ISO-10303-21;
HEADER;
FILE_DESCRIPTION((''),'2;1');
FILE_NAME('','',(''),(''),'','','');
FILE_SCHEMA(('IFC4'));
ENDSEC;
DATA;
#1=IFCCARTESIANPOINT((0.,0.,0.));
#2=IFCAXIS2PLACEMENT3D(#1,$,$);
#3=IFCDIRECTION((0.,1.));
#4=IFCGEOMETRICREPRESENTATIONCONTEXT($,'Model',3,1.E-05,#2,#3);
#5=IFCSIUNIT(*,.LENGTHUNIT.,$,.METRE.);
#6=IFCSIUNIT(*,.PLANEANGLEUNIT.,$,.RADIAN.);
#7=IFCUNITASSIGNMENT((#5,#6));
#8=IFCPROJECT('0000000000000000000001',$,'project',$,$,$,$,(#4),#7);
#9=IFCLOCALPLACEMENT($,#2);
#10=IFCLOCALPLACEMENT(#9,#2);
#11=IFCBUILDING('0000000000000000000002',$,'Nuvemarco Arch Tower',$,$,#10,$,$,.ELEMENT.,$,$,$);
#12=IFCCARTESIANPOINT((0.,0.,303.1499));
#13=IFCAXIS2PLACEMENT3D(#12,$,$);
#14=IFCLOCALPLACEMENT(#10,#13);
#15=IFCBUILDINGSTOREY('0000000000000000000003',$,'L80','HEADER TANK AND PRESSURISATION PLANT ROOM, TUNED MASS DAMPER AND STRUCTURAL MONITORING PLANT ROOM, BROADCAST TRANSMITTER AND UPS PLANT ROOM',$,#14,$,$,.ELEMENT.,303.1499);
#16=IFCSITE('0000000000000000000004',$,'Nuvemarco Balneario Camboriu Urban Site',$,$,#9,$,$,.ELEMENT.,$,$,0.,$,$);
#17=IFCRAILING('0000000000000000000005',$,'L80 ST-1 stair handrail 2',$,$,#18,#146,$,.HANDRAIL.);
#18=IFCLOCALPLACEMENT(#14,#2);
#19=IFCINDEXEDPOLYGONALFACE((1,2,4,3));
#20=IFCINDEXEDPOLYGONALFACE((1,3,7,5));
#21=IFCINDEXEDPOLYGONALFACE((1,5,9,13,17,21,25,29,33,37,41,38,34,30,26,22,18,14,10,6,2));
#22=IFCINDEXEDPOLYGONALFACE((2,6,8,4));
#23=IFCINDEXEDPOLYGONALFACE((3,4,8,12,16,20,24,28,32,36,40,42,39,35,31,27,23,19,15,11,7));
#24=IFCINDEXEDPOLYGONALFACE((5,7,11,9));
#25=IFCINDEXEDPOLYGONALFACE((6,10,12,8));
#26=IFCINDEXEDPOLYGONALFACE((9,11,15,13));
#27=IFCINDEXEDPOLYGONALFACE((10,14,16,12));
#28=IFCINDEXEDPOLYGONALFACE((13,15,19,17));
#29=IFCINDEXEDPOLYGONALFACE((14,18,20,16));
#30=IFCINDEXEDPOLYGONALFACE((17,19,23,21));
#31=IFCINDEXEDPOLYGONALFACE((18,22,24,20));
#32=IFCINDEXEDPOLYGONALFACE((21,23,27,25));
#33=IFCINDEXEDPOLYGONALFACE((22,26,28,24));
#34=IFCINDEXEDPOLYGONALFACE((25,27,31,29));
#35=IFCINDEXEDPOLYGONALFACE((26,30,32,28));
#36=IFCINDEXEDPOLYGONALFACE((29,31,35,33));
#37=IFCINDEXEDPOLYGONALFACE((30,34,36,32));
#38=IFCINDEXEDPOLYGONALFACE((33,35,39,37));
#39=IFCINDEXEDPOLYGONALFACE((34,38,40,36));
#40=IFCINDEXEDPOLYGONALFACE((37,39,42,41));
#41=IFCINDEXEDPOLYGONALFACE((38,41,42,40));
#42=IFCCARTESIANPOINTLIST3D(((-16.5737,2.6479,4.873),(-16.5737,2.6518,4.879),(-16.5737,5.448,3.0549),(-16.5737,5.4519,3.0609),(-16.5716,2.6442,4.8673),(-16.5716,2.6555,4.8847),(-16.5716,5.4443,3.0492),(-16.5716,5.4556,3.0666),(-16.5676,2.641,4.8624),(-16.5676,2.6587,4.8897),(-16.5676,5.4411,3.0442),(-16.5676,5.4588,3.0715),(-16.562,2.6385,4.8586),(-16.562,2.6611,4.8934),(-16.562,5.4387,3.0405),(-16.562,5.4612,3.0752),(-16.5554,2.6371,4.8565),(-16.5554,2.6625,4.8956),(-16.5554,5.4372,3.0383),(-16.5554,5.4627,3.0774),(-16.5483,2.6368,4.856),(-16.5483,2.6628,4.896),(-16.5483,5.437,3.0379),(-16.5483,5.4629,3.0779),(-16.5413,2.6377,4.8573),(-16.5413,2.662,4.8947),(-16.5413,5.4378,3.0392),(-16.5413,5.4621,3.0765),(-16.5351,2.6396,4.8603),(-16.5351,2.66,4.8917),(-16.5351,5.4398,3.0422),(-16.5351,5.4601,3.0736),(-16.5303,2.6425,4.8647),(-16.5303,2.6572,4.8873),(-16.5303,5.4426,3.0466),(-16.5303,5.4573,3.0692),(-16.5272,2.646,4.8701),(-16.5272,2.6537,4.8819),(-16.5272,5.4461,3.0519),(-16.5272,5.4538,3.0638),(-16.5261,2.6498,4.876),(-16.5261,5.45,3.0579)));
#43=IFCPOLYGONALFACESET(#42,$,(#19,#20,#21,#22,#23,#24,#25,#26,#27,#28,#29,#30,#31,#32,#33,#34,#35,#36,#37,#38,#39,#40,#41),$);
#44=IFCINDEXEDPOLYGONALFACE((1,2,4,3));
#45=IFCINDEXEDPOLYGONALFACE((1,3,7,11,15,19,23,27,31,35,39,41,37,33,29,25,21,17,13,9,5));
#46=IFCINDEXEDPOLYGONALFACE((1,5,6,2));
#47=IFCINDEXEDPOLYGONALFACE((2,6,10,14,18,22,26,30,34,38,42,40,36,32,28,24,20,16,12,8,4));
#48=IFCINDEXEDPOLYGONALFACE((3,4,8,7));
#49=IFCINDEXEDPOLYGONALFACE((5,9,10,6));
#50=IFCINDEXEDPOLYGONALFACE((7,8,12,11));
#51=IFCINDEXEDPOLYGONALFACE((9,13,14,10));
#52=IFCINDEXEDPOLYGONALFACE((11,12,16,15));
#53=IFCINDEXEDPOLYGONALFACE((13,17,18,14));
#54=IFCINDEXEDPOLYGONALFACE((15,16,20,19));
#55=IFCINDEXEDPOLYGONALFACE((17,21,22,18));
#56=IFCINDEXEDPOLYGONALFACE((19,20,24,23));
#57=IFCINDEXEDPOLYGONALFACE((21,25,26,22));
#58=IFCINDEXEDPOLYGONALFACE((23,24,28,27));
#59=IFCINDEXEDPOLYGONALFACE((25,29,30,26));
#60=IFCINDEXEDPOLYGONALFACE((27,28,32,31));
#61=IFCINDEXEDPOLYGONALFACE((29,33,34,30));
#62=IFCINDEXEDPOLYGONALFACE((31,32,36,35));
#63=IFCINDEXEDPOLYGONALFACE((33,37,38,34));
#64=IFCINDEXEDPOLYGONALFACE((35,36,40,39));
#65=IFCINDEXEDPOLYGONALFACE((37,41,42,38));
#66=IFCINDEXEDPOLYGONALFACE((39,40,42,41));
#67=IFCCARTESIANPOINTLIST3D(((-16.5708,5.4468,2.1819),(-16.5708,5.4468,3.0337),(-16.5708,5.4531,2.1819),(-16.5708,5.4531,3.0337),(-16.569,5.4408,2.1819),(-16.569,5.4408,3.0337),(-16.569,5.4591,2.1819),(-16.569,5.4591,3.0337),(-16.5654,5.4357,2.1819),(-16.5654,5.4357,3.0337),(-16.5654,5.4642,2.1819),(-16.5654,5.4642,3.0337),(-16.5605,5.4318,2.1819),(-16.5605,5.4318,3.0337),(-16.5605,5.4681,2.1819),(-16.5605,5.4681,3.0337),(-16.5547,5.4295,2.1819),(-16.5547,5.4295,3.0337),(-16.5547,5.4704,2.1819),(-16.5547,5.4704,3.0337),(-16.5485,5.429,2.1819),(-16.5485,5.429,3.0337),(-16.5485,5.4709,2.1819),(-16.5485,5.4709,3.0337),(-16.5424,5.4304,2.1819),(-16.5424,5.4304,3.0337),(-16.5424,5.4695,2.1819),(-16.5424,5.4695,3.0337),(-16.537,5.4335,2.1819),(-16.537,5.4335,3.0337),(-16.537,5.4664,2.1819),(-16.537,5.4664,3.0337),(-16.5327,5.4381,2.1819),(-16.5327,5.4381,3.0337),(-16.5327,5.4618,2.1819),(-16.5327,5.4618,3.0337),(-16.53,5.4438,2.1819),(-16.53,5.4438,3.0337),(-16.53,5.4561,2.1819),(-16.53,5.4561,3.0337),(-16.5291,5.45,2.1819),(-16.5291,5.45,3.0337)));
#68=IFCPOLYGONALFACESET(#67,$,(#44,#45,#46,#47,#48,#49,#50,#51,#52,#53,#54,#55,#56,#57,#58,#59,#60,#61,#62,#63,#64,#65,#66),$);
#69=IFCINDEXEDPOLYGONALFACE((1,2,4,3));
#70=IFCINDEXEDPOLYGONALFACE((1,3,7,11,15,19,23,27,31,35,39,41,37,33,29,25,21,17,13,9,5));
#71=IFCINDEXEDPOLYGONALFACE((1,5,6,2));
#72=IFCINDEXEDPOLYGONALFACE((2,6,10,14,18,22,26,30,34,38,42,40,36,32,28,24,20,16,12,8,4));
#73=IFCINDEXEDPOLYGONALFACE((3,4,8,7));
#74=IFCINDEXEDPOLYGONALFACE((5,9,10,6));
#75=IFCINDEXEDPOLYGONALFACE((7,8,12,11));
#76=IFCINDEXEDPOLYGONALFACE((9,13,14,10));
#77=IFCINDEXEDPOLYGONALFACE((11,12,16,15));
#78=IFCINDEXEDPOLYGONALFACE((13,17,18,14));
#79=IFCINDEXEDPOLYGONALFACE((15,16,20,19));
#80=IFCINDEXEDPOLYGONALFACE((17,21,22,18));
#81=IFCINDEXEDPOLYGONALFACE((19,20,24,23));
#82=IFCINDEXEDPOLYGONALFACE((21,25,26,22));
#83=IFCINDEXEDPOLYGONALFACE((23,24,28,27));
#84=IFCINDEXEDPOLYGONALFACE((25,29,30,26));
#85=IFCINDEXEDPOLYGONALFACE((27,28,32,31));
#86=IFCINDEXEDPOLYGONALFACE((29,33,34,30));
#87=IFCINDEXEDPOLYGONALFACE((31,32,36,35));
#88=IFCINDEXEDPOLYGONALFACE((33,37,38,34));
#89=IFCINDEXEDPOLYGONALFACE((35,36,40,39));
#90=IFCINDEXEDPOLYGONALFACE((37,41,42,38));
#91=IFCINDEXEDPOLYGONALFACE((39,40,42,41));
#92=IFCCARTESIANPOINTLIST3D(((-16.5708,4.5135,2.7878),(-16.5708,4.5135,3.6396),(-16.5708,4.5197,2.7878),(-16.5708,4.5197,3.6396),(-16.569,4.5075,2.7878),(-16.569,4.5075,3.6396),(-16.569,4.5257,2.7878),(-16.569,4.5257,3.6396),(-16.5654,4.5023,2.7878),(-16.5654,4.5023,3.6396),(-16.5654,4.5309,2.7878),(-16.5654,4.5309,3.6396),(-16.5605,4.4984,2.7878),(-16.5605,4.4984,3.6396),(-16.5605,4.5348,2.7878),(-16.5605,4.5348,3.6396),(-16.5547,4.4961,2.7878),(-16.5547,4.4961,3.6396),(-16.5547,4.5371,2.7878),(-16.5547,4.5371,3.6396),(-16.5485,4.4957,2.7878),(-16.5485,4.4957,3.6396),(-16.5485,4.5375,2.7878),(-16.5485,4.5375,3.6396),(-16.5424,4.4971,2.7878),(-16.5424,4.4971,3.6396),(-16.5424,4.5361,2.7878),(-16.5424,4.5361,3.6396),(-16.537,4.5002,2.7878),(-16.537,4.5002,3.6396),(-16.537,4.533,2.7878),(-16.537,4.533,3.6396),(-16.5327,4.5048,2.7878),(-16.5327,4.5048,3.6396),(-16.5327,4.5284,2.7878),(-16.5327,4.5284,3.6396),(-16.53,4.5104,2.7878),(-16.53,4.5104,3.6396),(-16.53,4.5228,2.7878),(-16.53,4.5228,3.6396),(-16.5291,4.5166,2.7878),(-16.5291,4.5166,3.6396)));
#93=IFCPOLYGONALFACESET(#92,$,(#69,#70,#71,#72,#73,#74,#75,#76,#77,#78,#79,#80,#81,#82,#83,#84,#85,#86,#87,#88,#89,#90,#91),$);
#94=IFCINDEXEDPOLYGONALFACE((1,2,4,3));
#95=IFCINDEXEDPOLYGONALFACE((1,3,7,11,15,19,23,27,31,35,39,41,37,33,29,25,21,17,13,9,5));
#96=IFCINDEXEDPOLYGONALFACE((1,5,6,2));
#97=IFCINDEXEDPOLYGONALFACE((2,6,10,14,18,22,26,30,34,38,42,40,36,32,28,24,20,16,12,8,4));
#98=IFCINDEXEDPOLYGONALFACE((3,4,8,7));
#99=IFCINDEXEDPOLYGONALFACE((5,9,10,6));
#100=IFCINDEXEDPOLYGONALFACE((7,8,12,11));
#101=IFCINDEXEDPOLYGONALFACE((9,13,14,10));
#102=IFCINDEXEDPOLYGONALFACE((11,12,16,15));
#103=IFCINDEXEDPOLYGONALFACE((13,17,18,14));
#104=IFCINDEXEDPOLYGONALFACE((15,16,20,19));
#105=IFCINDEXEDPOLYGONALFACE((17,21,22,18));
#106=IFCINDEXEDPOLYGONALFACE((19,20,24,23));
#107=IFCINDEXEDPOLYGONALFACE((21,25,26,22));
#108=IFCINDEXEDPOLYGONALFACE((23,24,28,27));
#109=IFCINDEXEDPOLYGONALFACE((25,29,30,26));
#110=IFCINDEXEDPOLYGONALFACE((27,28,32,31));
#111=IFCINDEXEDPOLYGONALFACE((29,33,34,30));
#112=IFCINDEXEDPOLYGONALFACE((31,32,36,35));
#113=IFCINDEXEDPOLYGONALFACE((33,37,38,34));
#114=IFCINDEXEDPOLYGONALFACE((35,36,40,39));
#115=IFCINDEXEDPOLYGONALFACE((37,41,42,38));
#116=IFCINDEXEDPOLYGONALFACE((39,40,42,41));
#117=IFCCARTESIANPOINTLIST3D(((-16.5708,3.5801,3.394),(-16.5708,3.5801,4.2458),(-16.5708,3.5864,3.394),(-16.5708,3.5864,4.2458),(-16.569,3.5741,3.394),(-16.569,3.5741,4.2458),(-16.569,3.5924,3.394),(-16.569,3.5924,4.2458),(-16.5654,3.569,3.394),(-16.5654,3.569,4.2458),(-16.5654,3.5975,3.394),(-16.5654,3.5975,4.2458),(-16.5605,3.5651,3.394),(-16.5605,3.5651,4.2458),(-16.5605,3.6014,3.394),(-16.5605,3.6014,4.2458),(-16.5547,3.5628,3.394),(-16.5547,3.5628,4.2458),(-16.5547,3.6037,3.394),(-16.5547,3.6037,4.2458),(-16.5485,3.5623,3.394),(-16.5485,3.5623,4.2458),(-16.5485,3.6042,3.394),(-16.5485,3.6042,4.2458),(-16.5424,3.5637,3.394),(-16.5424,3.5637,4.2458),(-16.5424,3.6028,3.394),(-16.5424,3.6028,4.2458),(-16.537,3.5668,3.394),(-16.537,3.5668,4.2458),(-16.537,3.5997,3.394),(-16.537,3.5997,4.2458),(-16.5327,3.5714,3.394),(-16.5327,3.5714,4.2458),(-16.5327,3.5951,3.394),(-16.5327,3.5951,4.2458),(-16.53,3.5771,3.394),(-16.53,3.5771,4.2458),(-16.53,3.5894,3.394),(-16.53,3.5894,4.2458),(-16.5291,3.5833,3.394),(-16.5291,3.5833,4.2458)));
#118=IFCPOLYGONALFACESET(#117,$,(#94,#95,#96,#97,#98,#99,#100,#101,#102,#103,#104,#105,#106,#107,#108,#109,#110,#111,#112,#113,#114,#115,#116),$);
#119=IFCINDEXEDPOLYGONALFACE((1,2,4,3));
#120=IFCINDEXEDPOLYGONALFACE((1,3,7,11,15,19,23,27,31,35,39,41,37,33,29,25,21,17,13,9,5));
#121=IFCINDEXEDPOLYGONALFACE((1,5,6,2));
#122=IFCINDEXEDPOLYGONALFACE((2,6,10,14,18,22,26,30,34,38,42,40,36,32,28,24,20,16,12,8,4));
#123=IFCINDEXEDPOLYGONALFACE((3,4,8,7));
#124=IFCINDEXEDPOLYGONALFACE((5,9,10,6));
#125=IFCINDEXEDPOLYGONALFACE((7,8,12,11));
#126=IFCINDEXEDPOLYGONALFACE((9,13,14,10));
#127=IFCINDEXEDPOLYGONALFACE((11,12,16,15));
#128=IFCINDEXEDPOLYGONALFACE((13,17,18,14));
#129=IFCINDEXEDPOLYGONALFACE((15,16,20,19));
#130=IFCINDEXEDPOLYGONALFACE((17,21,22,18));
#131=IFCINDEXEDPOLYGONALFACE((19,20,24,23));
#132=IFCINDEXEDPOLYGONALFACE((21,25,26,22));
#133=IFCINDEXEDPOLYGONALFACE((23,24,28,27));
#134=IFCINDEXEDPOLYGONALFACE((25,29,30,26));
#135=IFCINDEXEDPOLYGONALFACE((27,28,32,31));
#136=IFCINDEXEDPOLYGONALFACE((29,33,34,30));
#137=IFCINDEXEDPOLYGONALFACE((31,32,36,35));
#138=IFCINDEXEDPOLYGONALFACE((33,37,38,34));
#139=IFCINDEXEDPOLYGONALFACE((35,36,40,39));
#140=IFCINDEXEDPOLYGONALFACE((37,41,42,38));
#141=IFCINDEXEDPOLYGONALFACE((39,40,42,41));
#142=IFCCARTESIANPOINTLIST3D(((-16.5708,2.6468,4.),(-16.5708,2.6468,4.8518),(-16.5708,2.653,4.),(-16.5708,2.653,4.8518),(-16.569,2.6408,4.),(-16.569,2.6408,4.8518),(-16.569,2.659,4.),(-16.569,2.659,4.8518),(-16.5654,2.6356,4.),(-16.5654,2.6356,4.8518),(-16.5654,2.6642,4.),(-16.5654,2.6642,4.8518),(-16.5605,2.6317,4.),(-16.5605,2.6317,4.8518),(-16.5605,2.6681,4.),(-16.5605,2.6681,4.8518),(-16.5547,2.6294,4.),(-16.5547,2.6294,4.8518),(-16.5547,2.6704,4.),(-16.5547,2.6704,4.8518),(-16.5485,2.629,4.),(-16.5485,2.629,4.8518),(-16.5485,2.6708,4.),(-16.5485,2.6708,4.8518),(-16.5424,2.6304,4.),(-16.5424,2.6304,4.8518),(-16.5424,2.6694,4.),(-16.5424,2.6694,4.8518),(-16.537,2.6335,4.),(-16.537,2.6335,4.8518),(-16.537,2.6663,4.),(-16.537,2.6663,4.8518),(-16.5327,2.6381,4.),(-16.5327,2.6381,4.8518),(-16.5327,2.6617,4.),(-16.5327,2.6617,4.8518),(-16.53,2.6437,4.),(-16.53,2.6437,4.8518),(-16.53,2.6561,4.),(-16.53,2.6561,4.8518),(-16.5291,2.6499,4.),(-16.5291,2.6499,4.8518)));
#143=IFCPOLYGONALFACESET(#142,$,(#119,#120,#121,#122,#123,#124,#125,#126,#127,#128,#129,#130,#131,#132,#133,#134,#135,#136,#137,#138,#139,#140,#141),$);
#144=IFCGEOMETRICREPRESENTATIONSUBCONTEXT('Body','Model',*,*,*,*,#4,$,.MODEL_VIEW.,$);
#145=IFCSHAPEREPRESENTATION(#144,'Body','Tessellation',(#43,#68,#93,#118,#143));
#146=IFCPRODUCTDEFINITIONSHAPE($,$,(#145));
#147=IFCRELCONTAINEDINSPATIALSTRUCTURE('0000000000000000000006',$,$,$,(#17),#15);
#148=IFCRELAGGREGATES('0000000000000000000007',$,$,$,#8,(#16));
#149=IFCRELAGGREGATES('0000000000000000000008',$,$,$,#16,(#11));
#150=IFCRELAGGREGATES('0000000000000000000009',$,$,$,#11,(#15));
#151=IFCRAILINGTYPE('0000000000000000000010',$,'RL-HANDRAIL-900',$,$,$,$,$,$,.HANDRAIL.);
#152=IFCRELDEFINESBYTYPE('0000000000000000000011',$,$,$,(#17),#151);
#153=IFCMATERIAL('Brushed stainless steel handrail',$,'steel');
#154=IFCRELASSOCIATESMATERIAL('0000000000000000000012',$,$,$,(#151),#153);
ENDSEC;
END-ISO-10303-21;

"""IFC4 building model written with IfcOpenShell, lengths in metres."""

from ifc_helpers import new_model, si_unit, direction, frame, origin, origin_2d, place, context, subcontext, project, spatial, circle, extrude, material, type_object, element, save


model = new_model("IFC4")

# Units and contexts
model_context = context("Model", 3, precision=1e-05, world=origin(), true_north=direction((0.0, 1.0)))
body_context = subcontext(model_context, "Body", "Model", "MODEL_VIEW")
ifc_project = project(units=[si_unit("LENGTHUNIT", "METRE"), si_unit("PLANEANGLEUNIT", "RADIAN")], contexts=[model_context])

# Site, building, storey
site_placement = place(None, origin())
site = spatial("IfcSite", under=ifc_project, at=site_placement, Name="Nuvemarco Balneario Camboriu Urban Site", CompositionType="ELEMENT", RefElevation=0.0)
building_placement = place(site_placement, origin())
building = spatial("IfcBuilding", under=site, at=building_placement, Name="Nuvemarco Arch Tower", CompositionType="ELEMENT")
storey_placement = place(building_placement, frame((0.0, 0.0, 303.1499)))
storey = spatial("IfcBuildingStorey", under=building, at=storey_placement, Name="L80", Description="HEADER TANK AND PRESSURISATION PLANT ROOM, TUNED MASS DAMPER AND STRUCTURAL MONITORING PLANT ROOM, BROADCAST TRANSMITTER AND UPS PLANT ROOM", CompositionType="ELEMENT", Elevation=303.1499)

# Railing
ifc_material_1 = material(Name="Brushed stainless steel handrail", Category="steel")
railing_type_1 = type_object("IfcRailingType", Name="RL-HANDRAIL-900", PredefinedType="HANDRAIL", material=ifc_material_1)
railing_1_placement = place(storey_placement, frame((-16.55, 5.45, 2.1819)))
element("IfcRailing", 1, at=railing_1_placement, inside=storey, type_object=railing_type_1, Name="L80 ST-1 stair handrail 2", PredefinedType="HANDRAIL", context=body_context, shape_type="SweptSolid", body=[
    extrude(circle(Radius=0.0239, at=origin_2d()), frame((0.0, 0.0, 0.876), z_axis=(0.0, -0.838706, 0.544585), x_axis=(1.0, 0.0, 0.0)), (0.0, 0.0, 1.0), 3.3386),
    extrude(circle(Radius=0.021, at=origin_2d()), origin(), (0.0, 0.0, 1.0), 0.8518),
    extrude(circle(Radius=0.021, at=origin_2d()), frame((0.0, -0.9333, 0.606)), (0.0, 0.0, 1.0), 0.8518),
    extrude(circle(Radius=0.021, at=origin_2d()), frame((0.0, -1.8667, 1.2122)), (0.0, 0.0, 1.0), 0.8518),
    extrude(circle(Radius=0.021, at=origin_2d()), frame((0.0, -2.8, 1.8181)), (0.0, 0.0, 1.0), 0.8518),
])

save(model, "model.ifc")
